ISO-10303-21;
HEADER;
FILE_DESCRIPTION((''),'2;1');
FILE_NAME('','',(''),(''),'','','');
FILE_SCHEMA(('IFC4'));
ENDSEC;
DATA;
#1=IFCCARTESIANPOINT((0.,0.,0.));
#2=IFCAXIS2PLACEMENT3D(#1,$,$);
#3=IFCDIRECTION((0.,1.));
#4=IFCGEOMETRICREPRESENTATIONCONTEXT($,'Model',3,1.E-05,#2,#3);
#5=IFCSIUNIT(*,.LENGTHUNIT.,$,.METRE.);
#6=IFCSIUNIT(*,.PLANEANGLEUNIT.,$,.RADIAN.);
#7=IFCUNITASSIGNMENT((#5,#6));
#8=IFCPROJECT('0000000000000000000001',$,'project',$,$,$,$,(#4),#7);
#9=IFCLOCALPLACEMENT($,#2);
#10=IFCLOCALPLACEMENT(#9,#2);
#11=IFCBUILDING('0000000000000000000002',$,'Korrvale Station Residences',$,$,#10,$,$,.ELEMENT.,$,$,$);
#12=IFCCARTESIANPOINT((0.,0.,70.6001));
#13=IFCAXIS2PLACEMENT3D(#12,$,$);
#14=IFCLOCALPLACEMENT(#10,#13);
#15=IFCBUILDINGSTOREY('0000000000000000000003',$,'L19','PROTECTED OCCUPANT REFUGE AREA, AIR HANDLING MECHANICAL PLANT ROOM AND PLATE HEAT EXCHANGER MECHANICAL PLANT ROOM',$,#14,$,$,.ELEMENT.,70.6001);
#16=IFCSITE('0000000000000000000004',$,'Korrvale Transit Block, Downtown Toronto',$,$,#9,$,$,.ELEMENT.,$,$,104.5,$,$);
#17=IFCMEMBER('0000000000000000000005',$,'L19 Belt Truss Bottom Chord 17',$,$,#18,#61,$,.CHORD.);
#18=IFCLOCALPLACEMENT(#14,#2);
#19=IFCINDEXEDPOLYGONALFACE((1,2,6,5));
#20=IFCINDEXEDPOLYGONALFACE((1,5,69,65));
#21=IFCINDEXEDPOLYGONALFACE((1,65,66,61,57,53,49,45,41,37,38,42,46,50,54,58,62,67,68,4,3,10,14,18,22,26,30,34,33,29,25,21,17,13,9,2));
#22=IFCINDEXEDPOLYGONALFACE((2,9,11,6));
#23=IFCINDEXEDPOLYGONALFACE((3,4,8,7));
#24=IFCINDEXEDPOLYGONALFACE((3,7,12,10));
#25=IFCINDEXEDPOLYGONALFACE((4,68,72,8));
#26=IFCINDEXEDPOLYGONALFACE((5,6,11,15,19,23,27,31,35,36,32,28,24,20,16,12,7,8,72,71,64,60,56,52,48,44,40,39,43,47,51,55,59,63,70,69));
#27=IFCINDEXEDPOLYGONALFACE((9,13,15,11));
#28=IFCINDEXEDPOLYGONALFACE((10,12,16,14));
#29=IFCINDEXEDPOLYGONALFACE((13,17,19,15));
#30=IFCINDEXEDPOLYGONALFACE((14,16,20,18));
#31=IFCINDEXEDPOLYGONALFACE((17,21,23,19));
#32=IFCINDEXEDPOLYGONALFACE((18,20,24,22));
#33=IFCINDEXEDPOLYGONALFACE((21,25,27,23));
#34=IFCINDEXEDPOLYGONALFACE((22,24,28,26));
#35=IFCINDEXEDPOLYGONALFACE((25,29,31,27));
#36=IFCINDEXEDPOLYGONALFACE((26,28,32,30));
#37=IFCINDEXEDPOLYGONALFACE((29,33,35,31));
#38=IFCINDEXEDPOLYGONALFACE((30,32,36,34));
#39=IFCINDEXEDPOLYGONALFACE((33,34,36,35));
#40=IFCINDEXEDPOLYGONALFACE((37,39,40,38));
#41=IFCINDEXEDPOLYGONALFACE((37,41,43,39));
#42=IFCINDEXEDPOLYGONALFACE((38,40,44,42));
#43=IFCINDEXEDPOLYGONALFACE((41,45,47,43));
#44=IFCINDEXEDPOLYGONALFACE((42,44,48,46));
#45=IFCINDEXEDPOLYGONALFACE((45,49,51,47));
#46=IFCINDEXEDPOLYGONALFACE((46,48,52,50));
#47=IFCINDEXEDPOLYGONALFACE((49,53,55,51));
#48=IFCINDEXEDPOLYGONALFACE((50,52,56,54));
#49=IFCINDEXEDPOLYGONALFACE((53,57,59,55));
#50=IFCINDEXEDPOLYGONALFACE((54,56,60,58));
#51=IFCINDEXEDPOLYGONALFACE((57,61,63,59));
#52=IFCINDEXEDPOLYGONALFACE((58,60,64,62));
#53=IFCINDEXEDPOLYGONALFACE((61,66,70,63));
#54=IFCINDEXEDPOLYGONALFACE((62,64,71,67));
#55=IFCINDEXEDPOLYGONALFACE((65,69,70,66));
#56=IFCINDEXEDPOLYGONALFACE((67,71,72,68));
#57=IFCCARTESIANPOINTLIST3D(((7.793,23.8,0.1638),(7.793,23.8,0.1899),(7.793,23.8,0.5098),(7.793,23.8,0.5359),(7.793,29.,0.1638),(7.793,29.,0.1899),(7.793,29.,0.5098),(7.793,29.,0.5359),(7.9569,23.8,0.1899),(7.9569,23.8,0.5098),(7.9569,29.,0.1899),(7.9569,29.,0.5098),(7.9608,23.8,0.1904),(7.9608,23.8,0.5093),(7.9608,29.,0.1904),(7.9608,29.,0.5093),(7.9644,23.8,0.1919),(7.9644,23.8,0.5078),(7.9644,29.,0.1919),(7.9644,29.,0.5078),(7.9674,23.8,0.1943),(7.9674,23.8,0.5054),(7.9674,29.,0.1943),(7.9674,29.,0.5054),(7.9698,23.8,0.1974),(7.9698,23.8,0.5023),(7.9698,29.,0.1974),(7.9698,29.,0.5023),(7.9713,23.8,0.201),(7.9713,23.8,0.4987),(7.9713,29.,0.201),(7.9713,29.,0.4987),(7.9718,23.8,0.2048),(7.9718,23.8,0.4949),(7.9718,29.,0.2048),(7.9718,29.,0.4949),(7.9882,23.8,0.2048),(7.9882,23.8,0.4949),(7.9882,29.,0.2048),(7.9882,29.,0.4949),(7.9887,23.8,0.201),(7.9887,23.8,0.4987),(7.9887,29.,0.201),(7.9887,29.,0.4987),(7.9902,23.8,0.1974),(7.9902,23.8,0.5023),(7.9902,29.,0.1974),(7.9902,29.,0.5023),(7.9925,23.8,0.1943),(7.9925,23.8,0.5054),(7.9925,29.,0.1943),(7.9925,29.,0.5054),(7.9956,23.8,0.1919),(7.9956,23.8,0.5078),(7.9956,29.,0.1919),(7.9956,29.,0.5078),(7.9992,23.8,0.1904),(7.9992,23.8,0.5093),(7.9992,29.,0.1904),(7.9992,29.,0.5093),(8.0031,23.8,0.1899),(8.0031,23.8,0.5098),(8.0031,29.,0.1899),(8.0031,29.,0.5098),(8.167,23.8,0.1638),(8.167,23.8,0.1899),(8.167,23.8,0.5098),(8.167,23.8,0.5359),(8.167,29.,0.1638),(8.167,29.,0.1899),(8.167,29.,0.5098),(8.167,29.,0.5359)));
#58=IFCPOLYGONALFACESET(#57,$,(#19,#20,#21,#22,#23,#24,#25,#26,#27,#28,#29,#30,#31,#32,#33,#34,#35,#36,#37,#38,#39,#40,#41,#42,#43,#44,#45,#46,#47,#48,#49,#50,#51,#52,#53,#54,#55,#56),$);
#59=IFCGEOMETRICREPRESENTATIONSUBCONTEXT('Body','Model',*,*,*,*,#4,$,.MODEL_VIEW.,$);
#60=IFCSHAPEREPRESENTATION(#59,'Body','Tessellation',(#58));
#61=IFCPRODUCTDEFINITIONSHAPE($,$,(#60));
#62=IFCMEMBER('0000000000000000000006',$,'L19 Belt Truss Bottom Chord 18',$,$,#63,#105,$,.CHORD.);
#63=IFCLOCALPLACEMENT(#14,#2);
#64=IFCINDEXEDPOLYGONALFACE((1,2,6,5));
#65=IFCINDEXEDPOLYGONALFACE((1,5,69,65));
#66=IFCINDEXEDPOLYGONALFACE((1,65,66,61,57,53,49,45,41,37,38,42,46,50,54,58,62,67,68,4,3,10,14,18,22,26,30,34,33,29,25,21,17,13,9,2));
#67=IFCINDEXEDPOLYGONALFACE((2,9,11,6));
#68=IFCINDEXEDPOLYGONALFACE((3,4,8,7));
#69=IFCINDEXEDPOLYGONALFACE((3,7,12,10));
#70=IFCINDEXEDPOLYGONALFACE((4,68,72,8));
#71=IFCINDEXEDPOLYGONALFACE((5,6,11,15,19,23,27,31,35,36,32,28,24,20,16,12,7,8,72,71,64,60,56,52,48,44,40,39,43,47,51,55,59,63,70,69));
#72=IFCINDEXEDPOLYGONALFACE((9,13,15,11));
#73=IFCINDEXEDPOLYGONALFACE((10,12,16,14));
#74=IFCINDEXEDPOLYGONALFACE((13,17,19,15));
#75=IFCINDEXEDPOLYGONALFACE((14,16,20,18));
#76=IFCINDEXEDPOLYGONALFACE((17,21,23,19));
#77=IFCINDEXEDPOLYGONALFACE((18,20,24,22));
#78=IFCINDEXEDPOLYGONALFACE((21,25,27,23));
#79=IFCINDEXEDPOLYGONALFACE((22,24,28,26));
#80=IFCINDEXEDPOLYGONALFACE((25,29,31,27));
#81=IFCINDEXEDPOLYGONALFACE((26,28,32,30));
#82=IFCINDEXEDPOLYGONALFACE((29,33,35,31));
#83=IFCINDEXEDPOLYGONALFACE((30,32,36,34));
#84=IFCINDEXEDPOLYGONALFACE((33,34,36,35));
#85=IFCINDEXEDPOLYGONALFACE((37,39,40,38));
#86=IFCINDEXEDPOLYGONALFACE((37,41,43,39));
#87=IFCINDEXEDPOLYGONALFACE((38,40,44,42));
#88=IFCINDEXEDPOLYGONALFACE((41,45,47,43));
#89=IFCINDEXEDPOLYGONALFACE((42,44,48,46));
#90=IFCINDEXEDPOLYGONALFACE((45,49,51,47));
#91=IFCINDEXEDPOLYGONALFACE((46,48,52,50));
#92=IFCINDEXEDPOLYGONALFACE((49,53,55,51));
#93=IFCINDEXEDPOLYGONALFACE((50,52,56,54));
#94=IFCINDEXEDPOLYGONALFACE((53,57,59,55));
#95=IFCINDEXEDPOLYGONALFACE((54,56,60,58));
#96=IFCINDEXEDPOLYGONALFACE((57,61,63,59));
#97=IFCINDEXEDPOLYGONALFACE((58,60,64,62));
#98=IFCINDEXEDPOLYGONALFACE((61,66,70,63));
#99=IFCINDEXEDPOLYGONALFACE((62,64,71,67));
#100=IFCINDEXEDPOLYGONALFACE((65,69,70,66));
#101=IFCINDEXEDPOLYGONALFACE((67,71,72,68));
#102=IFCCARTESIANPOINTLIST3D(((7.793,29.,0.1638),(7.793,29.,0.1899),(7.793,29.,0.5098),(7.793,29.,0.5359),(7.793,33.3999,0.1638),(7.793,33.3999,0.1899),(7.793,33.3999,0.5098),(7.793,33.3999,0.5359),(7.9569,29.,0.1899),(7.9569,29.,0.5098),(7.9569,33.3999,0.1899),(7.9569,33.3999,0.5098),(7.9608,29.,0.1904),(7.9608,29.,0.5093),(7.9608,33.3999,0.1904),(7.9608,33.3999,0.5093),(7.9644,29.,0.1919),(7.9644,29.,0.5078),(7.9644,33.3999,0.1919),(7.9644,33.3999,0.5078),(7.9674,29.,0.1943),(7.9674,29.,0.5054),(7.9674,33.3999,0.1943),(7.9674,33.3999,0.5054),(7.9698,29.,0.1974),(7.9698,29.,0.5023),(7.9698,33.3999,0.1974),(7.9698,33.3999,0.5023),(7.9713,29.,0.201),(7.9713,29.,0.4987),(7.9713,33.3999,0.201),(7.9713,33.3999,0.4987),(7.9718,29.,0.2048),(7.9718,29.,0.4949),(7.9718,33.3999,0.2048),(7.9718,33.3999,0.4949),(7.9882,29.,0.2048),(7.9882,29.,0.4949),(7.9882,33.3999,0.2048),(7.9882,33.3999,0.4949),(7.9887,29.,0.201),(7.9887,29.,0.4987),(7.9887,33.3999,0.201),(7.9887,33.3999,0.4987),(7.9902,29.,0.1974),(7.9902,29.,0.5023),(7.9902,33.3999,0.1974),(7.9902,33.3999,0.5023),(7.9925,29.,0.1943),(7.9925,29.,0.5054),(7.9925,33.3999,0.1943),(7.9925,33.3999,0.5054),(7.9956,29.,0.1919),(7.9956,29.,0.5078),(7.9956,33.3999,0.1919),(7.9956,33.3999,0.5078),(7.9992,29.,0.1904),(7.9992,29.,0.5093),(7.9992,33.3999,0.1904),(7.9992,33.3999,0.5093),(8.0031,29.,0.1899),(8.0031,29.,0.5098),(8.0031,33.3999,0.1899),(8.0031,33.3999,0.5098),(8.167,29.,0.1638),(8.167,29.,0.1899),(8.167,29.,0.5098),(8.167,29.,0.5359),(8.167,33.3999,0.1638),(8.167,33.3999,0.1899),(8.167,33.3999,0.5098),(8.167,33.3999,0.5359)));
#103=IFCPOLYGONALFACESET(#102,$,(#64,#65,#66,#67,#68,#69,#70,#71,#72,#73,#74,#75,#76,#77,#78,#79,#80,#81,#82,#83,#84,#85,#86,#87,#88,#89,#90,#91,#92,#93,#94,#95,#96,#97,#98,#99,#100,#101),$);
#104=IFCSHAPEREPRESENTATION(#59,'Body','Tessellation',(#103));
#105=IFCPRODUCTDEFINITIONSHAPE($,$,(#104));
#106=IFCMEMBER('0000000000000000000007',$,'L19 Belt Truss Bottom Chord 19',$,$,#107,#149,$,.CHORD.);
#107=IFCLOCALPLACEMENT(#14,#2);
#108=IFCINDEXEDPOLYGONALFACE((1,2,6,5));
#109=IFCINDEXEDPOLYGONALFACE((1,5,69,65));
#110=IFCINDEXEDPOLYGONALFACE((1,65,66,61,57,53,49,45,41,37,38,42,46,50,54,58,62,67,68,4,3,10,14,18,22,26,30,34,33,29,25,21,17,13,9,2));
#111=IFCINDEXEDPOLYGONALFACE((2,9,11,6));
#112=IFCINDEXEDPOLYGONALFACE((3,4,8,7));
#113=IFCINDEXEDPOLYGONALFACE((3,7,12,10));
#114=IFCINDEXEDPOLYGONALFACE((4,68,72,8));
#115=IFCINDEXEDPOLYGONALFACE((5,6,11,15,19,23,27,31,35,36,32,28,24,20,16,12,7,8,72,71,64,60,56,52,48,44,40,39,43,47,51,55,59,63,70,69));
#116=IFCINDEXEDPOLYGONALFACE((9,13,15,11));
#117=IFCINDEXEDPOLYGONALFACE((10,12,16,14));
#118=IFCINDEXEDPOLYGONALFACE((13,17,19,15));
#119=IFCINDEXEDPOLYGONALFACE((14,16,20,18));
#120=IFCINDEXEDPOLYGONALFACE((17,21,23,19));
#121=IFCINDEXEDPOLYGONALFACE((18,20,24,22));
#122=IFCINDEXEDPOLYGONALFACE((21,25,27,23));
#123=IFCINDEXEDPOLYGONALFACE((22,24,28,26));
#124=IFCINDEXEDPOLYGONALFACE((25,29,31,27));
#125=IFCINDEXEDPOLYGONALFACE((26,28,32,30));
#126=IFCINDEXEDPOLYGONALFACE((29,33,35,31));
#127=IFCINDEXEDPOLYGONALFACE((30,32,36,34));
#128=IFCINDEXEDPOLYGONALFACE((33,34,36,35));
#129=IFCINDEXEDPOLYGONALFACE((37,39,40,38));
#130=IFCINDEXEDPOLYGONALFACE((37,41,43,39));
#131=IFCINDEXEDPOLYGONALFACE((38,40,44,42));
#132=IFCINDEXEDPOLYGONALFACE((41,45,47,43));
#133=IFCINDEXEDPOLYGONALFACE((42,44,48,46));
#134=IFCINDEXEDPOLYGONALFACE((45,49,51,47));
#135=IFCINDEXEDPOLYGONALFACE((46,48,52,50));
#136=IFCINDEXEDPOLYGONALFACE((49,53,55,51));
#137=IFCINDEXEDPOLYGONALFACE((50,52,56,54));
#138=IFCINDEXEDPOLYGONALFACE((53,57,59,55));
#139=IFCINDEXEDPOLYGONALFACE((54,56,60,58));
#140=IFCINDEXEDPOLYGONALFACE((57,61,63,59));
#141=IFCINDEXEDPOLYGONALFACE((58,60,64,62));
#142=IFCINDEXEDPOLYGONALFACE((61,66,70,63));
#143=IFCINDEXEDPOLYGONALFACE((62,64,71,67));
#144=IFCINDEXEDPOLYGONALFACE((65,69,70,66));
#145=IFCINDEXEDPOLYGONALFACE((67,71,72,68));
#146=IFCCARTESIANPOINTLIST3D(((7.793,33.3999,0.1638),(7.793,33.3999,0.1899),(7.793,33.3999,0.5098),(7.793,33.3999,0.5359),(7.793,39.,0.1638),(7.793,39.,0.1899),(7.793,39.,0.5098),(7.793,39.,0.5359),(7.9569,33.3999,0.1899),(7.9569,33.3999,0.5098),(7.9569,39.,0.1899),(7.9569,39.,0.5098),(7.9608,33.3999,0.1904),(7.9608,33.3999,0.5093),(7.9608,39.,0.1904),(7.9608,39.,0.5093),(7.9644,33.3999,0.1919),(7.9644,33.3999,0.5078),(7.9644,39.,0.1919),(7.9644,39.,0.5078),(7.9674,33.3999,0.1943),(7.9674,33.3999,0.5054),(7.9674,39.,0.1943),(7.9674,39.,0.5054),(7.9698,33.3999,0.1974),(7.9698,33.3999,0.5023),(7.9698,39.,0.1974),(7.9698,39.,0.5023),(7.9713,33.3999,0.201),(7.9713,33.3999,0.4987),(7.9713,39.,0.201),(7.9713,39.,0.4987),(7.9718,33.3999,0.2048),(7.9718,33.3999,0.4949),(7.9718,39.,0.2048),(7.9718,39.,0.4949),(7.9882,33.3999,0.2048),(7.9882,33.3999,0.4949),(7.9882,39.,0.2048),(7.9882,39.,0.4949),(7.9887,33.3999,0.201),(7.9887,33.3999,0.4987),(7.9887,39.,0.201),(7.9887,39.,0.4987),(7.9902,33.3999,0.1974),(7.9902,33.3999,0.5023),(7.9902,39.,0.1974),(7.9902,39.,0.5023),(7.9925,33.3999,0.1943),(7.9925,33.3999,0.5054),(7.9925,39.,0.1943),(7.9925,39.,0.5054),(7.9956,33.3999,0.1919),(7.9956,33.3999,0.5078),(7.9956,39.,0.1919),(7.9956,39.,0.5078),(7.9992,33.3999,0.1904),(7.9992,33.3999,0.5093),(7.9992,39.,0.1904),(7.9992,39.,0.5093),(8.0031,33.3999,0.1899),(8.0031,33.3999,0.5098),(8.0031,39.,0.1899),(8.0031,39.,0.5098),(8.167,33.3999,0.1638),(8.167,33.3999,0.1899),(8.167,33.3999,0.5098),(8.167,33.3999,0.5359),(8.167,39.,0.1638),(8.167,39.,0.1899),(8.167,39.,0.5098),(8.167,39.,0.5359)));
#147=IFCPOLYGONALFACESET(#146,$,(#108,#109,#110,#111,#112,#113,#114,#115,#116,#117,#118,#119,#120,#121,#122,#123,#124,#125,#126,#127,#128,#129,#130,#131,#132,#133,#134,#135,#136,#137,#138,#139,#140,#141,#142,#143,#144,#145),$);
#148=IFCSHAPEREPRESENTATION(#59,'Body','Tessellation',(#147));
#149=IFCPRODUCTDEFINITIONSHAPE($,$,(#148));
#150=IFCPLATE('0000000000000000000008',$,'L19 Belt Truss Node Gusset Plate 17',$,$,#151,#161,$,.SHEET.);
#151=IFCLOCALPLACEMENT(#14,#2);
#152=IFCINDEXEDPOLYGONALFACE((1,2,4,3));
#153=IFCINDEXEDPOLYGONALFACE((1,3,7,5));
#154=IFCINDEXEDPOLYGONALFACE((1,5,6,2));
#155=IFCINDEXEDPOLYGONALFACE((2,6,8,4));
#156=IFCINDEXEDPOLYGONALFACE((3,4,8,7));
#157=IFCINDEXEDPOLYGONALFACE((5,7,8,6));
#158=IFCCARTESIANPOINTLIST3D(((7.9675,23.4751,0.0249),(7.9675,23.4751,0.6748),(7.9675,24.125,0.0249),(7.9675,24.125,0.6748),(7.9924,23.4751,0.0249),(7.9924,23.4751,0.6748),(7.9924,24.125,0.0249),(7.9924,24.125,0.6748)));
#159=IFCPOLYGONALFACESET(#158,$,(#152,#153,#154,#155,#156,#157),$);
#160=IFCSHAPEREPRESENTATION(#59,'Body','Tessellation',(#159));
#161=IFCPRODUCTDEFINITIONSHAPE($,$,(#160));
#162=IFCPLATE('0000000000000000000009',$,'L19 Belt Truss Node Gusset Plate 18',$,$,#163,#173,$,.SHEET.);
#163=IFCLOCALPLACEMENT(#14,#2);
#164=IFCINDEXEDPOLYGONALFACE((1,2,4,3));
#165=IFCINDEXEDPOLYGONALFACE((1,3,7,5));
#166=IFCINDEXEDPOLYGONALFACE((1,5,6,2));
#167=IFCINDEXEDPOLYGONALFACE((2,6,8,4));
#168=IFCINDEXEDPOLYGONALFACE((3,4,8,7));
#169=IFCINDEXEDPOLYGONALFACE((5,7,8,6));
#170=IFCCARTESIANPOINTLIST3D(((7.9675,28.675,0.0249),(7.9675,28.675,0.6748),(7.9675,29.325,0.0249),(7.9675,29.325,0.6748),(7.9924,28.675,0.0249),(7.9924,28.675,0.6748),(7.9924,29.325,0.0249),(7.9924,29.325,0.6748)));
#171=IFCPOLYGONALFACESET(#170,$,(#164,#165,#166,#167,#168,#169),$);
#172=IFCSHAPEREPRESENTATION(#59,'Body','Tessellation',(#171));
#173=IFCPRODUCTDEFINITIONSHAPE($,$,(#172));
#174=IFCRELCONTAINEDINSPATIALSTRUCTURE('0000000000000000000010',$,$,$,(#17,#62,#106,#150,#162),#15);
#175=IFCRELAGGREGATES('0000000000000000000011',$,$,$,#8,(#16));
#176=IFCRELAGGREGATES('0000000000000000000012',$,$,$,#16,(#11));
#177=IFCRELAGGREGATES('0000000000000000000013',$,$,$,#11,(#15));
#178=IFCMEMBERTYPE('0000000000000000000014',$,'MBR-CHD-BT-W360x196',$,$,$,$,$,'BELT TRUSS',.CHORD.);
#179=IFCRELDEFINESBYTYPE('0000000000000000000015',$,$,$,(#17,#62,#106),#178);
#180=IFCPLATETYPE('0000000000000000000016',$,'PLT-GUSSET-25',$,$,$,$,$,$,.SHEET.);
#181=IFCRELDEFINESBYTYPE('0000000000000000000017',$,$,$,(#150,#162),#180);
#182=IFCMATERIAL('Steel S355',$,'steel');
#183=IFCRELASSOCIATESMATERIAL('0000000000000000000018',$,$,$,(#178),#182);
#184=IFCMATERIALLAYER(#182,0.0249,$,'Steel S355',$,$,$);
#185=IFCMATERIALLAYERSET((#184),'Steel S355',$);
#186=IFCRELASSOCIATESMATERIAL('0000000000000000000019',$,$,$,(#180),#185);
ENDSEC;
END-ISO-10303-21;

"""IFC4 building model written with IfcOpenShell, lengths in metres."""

from ifc_helpers import new_model, si_unit, direction, frame, origin, origin_2d, place, context, subcontext, project, spatial, rectangle, i_section, extrude, material, layer, layer_set, material_profile, profile_set, type_object, element, save


model = new_model("IFC4")

# Units and contexts
model_context = context("Model", 3, precision=1e-05, world=origin(), true_north=direction((0.0, 1.0)))
body_context = subcontext(model_context, "Body", "Model", "MODEL_VIEW")
ifc_project = project(units=[si_unit("LENGTHUNIT", "METRE"), si_unit("PLANEANGLEUNIT", "RADIAN")], contexts=[model_context])

# Site, building, storey
site_placement = place(None, origin())
site = spatial("IfcSite", under=ifc_project, at=site_placement, Name="Korrvale Transit Block, Downtown Toronto", CompositionType="ELEMENT", RefElevation=104.5)
building_placement = place(site_placement, origin())
building = spatial("IfcBuilding", under=site, at=building_placement, Name="Korrvale Station Residences", CompositionType="ELEMENT")
storey_placement = place(building_placement, frame((0.0, 0.0, 70.6001)))
storey = spatial("IfcBuildingStorey", under=building, at=storey_placement, Name="L19", Description="PROTECTED OCCUPANT REFUGE AREA, AIR HANDLING MECHANICAL PLANT ROOM AND PLATE HEAT EXCHANGER MECHANICAL PLANT ROOM", CompositionType="ELEMENT", Elevation=70.6001)

# Members
ifc_material_1 = material(Name="Steel S355", Category="steel")
ifc_material_profile_1 = material_profile(ifc_material_1, i_section(OverallWidth=0.374, OverallDepth=0.3721, WebThickness=0.0164, FlangeThickness=0.0261, FilletRadius=0.0149, at=origin_2d()), Name="W360x196")
ifc_profile_set_1 = profile_set([ifc_material_profile_1], Name="Steel S355")
member_type_1 = type_object("IfcMemberType", Name="MBR-CHD-BT-W360x196", ElementType="BELT TRUSS", PredefinedType="CHORD", material=ifc_profile_set_1)
member_1_placement = place(storey_placement, frame((7.98, 23.8, 0.3499), z_axis=(0.0, 1.0, 0.0), x_axis=(-1.0, 0.0, 0.0)))
element("IfcMember", 1, at=member_1_placement, inside=storey, type_object=member_type_1, Name="L19 Belt Truss Bottom Chord 17", PredefinedType="CHORD", context=body_context, shape_type="SweptSolid", body=[
    extrude(i_section(OverallWidth=0.374, OverallDepth=0.3721, WebThickness=0.0164, FlangeThickness=0.0261, FilletRadius=0.0149, at=origin_2d()), origin(), (0.0, 0.0, 1.0), 5.2),
])
member_2_placement = place(storey_placement, frame((7.98, 29.0, 0.3499), z_axis=(0.0, 1.0, 0.0), x_axis=(-1.0, 0.0, 0.0)))
element("IfcMember", 2, at=member_2_placement, inside=storey, type_object=member_type_1, Name="L19 Belt Truss Bottom Chord 18", PredefinedType="CHORD", context=body_context, shape_type="SweptSolid", body=[
    extrude(i_section(OverallWidth=0.374, OverallDepth=0.3721, WebThickness=0.0164, FlangeThickness=0.0261, FilletRadius=0.0149, at=origin_2d()), origin(), (0.0, 0.0, 1.0), 4.3999),
])
member_3_placement = place(storey_placement, frame((7.98, 33.3999, 0.3499), z_axis=(0.0, 1.0, 0.0), x_axis=(-1.0, 0.0, 0.0)))
element("IfcMember", 3, at=member_3_placement, inside=storey, type_object=member_type_1, Name="L19 Belt Truss Bottom Chord 19", PredefinedType="CHORD", context=body_context, shape_type="SweptSolid", body=[
    extrude(i_section(OverallWidth=0.374, OverallDepth=0.3721, WebThickness=0.0164, FlangeThickness=0.0261, FilletRadius=0.0149, at=origin_2d()), origin(), (0.0, 0.0, 1.0), 5.6001),
])

# Plates
ifc_layer_1 = layer(ifc_material_1, 0.0249, Name="Steel S355")
ifc_layer_set_1 = layer_set([ifc_layer_1], Name="Steel S355")
plate_type = type_object("IfcPlateType", Name="PLT-GUSSET-25", PredefinedType="SHEET", material=ifc_layer_set_1)
for number, where, z_axis, x_axis, name in (
    (4, (7.98, 23.8, 0.0249), (0.0, 0.0, 1.0), (0.0, 1.0, 0.0), "L19 Belt Truss Node Gusset Plate 17"),
    (5, (7.98, 29.0, 0.0249), (0.0, 0.0, 1.0), (0.0, 1.0, 0.0), "L19 Belt Truss Node Gusset Plate 18"),
):
    element("IfcPlate", number, at=place(storey_placement, frame(where, z_axis=z_axis, x_axis=x_axis)), inside=storey, type_object=plate_type, Name=name, PredefinedType="SHEET", context=body_context, shape_type="SweptSolid", body=[
        extrude(rectangle(XDim=0.6499, YDim=0.0249, at=origin_2d()), origin(), (0.0, 0.0, 1.0), 0.6499),
    ])

save(model, "model.ifc")
